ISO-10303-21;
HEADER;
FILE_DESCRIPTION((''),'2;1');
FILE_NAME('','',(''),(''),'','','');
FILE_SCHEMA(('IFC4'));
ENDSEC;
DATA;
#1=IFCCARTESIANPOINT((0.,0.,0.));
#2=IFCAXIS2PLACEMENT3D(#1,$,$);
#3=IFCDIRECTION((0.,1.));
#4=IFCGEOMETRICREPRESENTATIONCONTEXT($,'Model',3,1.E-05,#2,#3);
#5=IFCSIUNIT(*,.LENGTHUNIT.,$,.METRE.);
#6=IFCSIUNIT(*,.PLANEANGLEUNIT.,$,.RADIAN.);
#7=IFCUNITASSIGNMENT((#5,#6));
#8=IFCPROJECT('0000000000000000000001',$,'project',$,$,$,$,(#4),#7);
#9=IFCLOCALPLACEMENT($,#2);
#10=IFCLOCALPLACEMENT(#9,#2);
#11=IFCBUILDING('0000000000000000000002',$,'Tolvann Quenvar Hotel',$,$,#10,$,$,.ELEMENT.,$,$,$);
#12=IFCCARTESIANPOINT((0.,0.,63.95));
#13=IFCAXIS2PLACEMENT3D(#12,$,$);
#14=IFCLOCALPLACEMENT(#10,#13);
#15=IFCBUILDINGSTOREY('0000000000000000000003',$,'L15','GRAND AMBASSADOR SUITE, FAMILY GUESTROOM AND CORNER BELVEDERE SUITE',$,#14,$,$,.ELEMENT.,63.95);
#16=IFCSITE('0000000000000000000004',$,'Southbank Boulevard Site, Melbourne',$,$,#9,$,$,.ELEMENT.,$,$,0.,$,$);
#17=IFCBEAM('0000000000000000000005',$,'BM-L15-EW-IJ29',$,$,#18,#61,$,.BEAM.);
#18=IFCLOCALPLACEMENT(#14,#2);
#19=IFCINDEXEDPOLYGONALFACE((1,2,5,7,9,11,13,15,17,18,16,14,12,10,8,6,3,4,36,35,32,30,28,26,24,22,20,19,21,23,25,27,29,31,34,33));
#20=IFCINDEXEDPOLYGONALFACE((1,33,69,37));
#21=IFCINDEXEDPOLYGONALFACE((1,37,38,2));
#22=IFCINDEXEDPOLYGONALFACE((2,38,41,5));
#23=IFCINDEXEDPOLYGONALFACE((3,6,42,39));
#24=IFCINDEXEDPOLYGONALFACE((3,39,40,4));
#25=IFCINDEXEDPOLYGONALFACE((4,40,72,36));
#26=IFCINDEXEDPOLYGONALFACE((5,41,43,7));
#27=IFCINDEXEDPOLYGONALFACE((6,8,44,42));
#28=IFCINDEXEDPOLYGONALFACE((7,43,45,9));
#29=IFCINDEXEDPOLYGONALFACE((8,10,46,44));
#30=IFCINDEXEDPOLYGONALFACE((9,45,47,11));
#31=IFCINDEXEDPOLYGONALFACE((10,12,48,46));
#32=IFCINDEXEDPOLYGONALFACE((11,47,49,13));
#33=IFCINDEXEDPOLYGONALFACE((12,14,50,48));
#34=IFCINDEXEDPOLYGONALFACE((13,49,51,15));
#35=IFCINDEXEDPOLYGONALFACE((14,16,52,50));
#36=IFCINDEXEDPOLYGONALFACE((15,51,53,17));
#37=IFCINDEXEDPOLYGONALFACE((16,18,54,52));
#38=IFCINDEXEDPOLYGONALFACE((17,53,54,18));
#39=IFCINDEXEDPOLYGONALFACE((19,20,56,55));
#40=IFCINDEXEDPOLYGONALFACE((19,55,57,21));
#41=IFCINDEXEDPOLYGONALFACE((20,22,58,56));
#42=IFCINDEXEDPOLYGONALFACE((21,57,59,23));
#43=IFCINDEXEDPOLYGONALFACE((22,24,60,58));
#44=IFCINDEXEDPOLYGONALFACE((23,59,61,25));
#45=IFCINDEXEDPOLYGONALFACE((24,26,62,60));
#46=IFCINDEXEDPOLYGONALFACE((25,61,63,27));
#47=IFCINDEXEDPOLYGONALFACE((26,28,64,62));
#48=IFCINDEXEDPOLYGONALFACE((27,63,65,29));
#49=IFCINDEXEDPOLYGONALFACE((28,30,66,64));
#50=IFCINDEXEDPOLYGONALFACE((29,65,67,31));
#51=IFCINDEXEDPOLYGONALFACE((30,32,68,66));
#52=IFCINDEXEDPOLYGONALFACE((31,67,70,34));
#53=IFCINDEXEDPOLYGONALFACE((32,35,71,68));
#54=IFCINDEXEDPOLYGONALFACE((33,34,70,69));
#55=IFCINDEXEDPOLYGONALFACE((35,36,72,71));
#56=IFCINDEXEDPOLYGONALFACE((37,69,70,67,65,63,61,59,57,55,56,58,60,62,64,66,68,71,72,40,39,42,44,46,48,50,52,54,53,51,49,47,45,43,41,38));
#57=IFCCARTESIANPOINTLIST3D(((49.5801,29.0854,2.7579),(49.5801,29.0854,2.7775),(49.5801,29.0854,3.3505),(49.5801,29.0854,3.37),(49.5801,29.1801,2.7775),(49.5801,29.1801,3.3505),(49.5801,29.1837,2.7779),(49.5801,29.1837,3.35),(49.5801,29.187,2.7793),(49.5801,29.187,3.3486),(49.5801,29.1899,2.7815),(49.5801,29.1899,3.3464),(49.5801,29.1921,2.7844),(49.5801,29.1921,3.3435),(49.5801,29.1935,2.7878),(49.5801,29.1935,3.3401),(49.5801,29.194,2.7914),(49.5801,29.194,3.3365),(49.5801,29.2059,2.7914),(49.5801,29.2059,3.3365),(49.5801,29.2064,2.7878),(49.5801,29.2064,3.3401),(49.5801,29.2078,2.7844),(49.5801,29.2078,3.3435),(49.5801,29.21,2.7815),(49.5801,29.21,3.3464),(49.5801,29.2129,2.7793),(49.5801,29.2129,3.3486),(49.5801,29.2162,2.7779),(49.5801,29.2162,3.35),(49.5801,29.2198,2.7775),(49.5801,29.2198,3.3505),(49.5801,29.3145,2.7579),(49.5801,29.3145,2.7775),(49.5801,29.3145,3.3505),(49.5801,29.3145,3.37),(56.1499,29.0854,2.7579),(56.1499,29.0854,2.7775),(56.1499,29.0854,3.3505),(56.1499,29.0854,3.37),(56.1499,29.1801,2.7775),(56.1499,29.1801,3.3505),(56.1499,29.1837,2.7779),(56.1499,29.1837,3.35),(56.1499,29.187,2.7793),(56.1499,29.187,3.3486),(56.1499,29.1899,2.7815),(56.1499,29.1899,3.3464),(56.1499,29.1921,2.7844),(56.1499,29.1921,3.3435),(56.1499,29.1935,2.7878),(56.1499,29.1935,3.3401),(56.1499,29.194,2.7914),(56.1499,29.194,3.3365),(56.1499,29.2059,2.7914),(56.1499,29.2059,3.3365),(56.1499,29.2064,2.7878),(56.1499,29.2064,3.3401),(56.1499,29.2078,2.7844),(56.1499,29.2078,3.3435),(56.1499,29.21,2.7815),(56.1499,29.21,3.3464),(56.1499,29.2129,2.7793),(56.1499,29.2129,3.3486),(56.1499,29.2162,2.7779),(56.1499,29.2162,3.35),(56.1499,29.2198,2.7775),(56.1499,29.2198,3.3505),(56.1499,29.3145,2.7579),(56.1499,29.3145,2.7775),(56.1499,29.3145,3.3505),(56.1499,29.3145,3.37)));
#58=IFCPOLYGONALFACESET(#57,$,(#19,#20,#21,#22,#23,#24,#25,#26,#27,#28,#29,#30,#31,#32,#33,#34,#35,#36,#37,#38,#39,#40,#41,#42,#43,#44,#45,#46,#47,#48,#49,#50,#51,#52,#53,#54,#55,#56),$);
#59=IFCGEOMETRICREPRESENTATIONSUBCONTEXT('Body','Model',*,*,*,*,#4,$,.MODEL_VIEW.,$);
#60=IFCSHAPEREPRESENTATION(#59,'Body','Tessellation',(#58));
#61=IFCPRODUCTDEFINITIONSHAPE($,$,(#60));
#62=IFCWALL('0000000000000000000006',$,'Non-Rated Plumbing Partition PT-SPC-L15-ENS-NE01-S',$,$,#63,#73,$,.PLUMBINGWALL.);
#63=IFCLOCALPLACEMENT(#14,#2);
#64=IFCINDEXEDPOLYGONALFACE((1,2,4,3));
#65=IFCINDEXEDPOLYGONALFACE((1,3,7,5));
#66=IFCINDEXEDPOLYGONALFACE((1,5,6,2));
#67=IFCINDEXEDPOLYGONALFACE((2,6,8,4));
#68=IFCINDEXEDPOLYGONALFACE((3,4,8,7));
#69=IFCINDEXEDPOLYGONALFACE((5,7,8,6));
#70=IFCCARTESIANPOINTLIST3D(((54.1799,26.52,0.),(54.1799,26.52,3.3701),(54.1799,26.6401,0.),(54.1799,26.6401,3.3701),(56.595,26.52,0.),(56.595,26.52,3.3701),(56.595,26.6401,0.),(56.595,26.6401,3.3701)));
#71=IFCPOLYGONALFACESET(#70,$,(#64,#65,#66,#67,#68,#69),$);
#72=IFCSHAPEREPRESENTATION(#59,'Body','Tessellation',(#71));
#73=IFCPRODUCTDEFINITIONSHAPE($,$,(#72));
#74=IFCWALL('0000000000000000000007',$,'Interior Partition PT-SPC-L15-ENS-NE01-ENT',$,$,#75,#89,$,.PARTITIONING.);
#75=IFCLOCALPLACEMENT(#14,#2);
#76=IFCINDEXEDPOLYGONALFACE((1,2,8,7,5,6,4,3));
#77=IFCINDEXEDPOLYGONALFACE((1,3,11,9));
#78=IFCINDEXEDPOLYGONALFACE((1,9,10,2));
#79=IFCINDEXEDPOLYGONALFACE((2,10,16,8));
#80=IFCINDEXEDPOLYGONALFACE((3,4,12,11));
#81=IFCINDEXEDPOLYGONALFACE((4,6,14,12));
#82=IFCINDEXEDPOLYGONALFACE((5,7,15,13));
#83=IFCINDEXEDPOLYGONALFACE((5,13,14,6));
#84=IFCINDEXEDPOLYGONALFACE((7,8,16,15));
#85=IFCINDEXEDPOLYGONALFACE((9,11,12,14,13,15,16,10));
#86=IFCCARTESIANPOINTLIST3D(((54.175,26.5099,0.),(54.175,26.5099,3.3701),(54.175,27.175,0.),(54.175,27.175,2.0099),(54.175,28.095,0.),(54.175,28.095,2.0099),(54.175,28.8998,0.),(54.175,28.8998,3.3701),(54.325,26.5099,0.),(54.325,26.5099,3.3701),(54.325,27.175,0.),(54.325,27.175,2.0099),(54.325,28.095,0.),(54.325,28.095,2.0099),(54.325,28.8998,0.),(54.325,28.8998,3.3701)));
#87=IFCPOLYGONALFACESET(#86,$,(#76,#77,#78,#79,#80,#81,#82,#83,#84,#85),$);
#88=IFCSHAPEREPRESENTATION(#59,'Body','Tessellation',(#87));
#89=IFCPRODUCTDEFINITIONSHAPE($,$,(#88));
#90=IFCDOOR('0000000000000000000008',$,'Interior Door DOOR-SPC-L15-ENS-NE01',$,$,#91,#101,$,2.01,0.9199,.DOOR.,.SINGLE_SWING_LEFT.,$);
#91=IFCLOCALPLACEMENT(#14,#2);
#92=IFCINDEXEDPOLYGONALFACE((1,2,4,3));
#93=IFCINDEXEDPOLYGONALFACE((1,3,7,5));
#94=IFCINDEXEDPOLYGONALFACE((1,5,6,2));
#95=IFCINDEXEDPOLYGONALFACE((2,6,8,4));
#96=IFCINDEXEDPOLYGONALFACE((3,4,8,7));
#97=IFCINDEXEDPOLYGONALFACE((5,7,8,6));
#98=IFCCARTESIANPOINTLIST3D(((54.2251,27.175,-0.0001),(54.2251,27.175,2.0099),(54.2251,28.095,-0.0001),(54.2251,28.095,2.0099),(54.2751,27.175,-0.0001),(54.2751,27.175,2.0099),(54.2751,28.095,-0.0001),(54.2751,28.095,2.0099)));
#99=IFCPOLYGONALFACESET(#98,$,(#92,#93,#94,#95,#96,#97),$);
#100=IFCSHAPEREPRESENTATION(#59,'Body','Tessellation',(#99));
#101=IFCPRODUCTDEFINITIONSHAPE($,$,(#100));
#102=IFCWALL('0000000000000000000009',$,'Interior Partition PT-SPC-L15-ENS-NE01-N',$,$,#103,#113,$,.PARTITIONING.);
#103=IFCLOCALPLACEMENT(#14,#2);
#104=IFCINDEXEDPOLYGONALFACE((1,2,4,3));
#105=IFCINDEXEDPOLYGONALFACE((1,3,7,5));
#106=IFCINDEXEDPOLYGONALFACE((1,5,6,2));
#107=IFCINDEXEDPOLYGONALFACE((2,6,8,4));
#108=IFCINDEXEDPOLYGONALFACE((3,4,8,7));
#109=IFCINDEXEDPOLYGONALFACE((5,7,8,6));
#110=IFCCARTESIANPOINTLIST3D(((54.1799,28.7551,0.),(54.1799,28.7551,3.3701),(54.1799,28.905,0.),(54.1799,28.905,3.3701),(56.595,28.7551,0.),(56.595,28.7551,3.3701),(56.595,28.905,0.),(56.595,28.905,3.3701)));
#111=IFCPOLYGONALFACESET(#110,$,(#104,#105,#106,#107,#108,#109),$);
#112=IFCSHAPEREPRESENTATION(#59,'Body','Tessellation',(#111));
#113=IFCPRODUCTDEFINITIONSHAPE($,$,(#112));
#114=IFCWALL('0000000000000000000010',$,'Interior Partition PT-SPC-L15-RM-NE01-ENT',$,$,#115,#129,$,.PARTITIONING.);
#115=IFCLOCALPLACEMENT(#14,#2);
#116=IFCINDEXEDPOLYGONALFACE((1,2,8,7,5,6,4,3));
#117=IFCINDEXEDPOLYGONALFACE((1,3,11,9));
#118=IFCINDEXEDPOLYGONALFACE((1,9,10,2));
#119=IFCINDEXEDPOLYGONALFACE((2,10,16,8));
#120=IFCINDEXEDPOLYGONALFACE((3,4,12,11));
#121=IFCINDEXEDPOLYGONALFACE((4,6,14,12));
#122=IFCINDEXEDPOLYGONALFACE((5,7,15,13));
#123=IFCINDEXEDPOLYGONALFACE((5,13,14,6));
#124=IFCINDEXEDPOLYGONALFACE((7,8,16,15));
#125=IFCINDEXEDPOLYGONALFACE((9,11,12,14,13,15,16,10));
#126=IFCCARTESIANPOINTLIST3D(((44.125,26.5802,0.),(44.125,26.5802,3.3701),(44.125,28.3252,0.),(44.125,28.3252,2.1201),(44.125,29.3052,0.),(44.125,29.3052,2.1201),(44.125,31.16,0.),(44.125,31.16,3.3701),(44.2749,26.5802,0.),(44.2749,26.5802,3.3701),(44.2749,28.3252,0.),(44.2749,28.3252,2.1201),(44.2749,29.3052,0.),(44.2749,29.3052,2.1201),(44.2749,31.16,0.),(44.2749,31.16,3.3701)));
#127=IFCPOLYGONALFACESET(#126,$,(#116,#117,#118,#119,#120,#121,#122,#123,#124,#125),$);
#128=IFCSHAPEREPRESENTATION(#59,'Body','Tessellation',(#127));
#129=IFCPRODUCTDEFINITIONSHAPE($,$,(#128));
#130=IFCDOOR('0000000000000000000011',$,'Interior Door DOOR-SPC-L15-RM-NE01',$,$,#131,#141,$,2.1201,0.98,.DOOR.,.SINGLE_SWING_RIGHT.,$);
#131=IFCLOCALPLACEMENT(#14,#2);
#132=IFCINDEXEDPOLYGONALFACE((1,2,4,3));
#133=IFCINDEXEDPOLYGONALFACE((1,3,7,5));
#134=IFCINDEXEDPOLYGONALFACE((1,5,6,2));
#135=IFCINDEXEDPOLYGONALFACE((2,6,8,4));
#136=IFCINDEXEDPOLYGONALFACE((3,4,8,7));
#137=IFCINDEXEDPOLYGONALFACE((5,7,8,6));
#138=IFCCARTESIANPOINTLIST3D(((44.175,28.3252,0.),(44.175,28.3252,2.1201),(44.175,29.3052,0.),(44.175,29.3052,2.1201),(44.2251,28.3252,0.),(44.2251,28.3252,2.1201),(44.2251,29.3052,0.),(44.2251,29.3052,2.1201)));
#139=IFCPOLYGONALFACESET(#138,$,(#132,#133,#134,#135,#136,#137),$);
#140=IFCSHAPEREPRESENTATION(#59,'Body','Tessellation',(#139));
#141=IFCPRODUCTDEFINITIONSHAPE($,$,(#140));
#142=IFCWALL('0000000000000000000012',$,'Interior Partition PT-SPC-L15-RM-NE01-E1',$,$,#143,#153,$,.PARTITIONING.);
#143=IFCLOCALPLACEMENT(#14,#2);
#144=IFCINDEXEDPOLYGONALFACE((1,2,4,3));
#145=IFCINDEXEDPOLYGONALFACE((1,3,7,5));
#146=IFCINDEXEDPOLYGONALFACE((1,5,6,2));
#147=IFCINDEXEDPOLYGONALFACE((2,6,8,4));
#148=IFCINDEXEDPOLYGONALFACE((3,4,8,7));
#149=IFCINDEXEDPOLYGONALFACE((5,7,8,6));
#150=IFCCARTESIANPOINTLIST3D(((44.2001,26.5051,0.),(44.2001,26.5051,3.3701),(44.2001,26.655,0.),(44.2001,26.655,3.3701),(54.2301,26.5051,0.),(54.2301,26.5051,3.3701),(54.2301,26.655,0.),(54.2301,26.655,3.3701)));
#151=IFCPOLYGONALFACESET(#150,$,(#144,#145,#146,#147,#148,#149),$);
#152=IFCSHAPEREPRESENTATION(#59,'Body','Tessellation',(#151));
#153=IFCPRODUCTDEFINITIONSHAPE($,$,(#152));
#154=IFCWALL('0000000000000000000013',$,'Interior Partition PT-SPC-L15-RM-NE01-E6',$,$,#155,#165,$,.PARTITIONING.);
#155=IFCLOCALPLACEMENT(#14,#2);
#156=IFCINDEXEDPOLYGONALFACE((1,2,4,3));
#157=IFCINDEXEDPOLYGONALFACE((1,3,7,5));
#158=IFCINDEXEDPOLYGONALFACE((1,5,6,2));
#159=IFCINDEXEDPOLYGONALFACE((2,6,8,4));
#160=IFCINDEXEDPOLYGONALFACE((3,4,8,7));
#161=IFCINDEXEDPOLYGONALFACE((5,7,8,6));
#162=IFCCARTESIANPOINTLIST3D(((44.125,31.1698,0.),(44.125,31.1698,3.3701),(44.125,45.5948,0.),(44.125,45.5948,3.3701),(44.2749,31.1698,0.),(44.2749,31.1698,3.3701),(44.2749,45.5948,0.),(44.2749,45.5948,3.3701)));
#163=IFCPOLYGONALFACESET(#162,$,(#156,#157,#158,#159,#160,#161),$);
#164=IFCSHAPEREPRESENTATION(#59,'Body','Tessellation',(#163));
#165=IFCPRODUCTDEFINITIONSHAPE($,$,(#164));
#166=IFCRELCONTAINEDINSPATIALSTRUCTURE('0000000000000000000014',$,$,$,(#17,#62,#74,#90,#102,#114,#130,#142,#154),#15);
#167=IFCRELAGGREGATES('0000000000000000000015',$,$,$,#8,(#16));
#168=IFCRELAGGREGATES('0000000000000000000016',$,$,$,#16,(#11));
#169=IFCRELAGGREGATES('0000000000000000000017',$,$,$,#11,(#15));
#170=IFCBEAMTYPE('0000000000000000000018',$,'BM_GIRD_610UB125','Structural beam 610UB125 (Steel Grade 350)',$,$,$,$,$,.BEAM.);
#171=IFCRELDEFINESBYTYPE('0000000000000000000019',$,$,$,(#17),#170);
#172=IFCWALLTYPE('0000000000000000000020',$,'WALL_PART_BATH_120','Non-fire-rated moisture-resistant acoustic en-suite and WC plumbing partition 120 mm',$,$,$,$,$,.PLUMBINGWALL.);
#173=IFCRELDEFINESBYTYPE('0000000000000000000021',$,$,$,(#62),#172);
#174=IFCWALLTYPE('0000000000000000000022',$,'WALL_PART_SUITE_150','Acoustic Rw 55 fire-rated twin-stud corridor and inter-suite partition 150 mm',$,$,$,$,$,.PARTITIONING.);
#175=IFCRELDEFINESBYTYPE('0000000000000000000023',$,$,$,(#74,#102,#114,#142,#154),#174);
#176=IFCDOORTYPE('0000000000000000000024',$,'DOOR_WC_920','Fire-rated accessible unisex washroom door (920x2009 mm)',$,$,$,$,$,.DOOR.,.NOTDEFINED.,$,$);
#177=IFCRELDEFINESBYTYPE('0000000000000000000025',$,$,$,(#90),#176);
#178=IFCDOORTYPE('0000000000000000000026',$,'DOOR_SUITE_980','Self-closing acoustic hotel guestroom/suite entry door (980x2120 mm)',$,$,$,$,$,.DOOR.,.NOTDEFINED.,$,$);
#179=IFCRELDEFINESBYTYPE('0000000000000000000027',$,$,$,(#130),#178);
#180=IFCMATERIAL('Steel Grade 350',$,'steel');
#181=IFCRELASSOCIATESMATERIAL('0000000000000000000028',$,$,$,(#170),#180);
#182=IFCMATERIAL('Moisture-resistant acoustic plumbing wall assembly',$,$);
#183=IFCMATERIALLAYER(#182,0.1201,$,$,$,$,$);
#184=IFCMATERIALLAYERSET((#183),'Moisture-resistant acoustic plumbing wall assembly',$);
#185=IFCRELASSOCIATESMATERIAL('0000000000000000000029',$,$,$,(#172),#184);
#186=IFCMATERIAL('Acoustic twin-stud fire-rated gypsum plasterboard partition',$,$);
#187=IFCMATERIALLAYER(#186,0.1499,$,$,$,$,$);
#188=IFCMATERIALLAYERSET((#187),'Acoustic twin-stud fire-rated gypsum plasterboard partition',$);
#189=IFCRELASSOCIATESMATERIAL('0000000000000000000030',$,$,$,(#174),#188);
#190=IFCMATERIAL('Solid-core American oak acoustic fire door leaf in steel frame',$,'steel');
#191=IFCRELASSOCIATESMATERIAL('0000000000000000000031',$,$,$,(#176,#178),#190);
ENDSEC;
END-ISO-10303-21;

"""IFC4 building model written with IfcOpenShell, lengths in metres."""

from ifc_helpers import new_model, si_unit, direction, frame, frame_2d, origin, origin_2d, place, context, subcontext, project, spatial, rectangle, i_section, extrude, source, transform, mapped, material, layer, layer_set, material_profile, profile_set, type_object, type_shapes, element, fill, save


model = new_model("IFC4")

# Units and contexts
model_context = context("Model", 3, precision=1e-05, world=origin(), true_north=direction((0.0, 1.0)))
body_context = subcontext(model_context, "Body", "Model", "MODEL_VIEW")
ifc_project = project(units=[si_unit("LENGTHUNIT", "METRE"), si_unit("PLANEANGLEUNIT", "RADIAN")], contexts=[model_context])

# Site, building, storey
site_placement = place(None, origin())
site = spatial("IfcSite", under=ifc_project, at=site_placement, Name="Southbank Boulevard Site, Melbourne", CompositionType="ELEMENT", RefElevation=0.0)
building_placement = place(site_placement, origin())
building = spatial("IfcBuilding", under=site, at=building_placement, Name="Tolvann Quenvar Hotel", CompositionType="ELEMENT")
storey_placement = place(building_placement, frame((0.0, 0.0, 63.95)))
storey = spatial("IfcBuildingStorey", under=building, at=storey_placement, Name="L15", Description="GRAND AMBASSADOR SUITE, FAMILY GUESTROOM AND CORNER BELVEDERE SUITE", CompositionType="ELEMENT", Elevation=63.95)

# Beam
ifc_material_1 = material(Name="Steel Grade 350", Category="steel")
ifc_material_profile_1 = material_profile(ifc_material_1, i_section(OverallWidth=0.229, OverallDepth=0.6121, WebThickness=0.012, FlangeThickness=0.0195, FilletRadius=0.0139, at=origin_2d()), Name="610UB125")
ifc_profile_set_1 = profile_set([ifc_material_profile_1], Name="Steel Grade 350")
beam_type_1 = type_object("IfcBeamType", Name="BM_GIRD_610UB125", Description="Structural beam 610UB125 (Steel Grade 350)", PredefinedType="BEAM", material=ifc_profile_set_1)
shared_shape_1 = source(origin(), body_context, "Body", "SweptSolid", [
    extrude(i_section(OverallWidth=0.229, OverallDepth=0.6121, WebThickness=0.012, FlangeThickness=0.0195, FilletRadius=0.0139, at=origin_2d()), origin(), (0.0, 0.0, 1.0), 6.5698),
])
beam_1_placement = place(storey_placement, frame((49.5801, 29.2, 3.064), z_axis=(1.0, 0.0, 0.0), x_axis=(0.0, 1.0, 0.0)))
element("IfcBeam", 1, at=beam_1_placement, inside=storey, type_object=beam_type_1, Name="BM-L15-EW-IJ29", PredefinedType="BEAM", context=body_context, shape_type="MappedRepresentation", body=[
    mapped(shared_shape_1, transform((0.0, 0.0, 0.0), x_axis=(1.0, 0.0, 0.0), y_axis=(0.0, 1.0, 0.0), z_axis=(0.0, 0.0, 1.0), scale=1.0)),
])

# Wall
ifc_material_2 = material(Name="Moisture-resistant acoustic plumbing wall assembly")
ifc_layer_1 = layer(ifc_material_2, 0.1201)
ifc_layer_set_1 = layer_set([ifc_layer_1], Name="Moisture-resistant acoustic plumbing wall assembly")
wall_type_1 = type_object("IfcWallType", Name="WALL_PART_BATH_120", Description="Non-fire-rated moisture-resistant acoustic en-suite and WC plumbing partition 120 mm", PredefinedType="PLUMBINGWALL", material=ifc_layer_set_1)
wall_1_placement = place(storey_placement, frame((54.1799, 26.5801, 0.0), z_axis=(0.0, 0.0, 1.0), x_axis=(1.0, 0.0, 0.0)))
element("IfcWall", 2, at=wall_1_placement, inside=storey, type_object=wall_type_1, Name="Non-Rated Plumbing Partition PT-SPC-L15-ENS-NE01-S", PredefinedType="PLUMBINGWALL", context=body_context, shape_type="SweptSolid", body=[
    extrude(rectangle(XDim=2.415, YDim=0.1201, at=frame_2d((1.2075, 0.0))), origin(), (0.0, 0.0, 1.0), 3.3701),
])

# Wall, opening, door
ifc_material_3 = material(Name="Acoustic twin-stud fire-rated gypsum plasterboard partition")
ifc_layer_2 = layer(ifc_material_3, 0.1499)
ifc_layer_set_2 = layer_set([ifc_layer_2], Name="Acoustic twin-stud fire-rated gypsum plasterboard partition")
wall_type_2 = type_object("IfcWallType", Name="WALL_PART_SUITE_150", Description="Acoustic Rw 55 fire-rated twin-stud corridor and inter-suite partition 150 mm", PredefinedType="PARTITIONING", material=ifc_layer_set_2)
wall_2_placement = place(storey_placement, frame((54.25, 26.51, 0.0), z_axis=(0.0, 0.0, 1.0), x_axis=(0.0, 1.0, 0.0)))
wall_2 = element("IfcWall", 3, at=wall_2_placement, inside=storey, type_object=wall_type_2, Name="Interior Partition PT-SPC-L15-ENS-NE01-ENT", PredefinedType="PARTITIONING", context=body_context, shape_type="SweptSolid", body=[
    extrude(rectangle(XDim=2.3899, YDim=0.1499, at=frame_2d((1.1948, 0.0))), origin(), (0.0, 0.0, 1.0), 3.3701),
])
opening_1_placement = place(wall_2_placement, frame((0.665, 0.0, 0.0)))
opening_1 = element("IfcOpeningElement", 4, at=opening_1_placement, cuts=wall_2, PredefinedType="OPENING", context=body_context, shape_type="SweptSolid", body=[
    extrude(rectangle(XDim=0.9199, YDim=2.01, at=frame_2d((0.46, 1.0049))), frame((0.0, 0.085, 0.0), z_axis=(0.0, -1.0, 0.0), x_axis=(1.0, 0.0, 0.0)), (0.0, 0.0, 1.0), 0.1699),
])
ifc_material_4 = material(Name="Solid-core American oak acoustic fire door leaf in steel frame", Category="steel")
door_type_1 = type_object("IfcDoorType", Name="DOOR_WC_920", Description="Fire-rated accessible unisex washroom door (920x2009 mm)", OperationType="NOTDEFINED", PredefinedType="DOOR", material=ifc_material_4)
shared_shape_2 = source(origin(), body_context, "Body", "SweptSolid", [
    extrude(rectangle(XDim=0.9199, YDim=2.01, at=frame_2d((0.46, 1.0049))), frame((0.0, 0.0249, 0.0), z_axis=(0.0, -1.0, 0.0), x_axis=(1.0, 0.0, 0.0)), (0.0, 0.0, 1.0), 0.05),
])
type_shapes(door_type_1, [shared_shape_2])
door_1_placement = place(opening_1_placement, origin())
door_1 = element("IfcDoor", 5, at=door_1_placement, inside=storey, type_object=door_type_1, Name="Interior Door DOOR-SPC-L15-ENS-NE01", OperationType="SINGLE_SWING_LEFT", OverallHeight=2.01, OverallWidth=0.9199, PredefinedType="DOOR", context=body_context, shape_type="MappedRepresentation", body=[
    mapped(shared_shape_2, transform((0.0, 0.0, 0.0), x_axis=(1.0, 0.0, 0.0), y_axis=(0.0, 1.0, 0.0), z_axis=(0.0, 0.0, 1.0), scale=1.0)),
])
fill(opening_1, door_1)

# Wall
wall_3_placement = place(storey_placement, frame((54.1799, 28.8301, 0.0), z_axis=(0.0, 0.0, 1.0), x_axis=(1.0, 0.0, 0.0)))
element("IfcWall", 6, at=wall_3_placement, inside=storey, type_object=wall_type_2, Name="Interior Partition PT-SPC-L15-ENS-NE01-N", PredefinedType="PARTITIONING", context=body_context, shape_type="SweptSolid", body=[
    extrude(rectangle(XDim=2.415, YDim=0.1499, at=frame_2d((1.2075, 0.0))), origin(), (0.0, 0.0, 1.0), 3.3701),
])

# Wall, opening, door
wall_4_placement = place(storey_placement, frame((44.2, 26.5801, 0.0), z_axis=(0.0, 0.0, 1.0), x_axis=(0.0, 1.0, 0.0)))
wall_4 = element("IfcWall", 7, at=wall_4_placement, inside=storey, type_object=wall_type_2, Name="Interior Partition PT-SPC-L15-RM-NE01-ENT", PredefinedType="PARTITIONING", context=body_context, shape_type="SweptSolid", body=[
    extrude(rectangle(XDim=4.5798, YDim=0.1499, at=frame_2d((2.29, 0.0))), origin(), (0.0, 0.0, 1.0), 3.3701),
])
opening_2_placement = place(wall_4_placement, frame((1.7451, 0.0, 0.0)))
opening_2 = element("IfcOpeningElement", 8, at=opening_2_placement, cuts=wall_4, PredefinedType="OPENING", context=body_context, shape_type="SweptSolid", body=[
    extrude(rectangle(XDim=0.98, YDim=2.1201, at=frame_2d((0.49, 1.0601))), frame((0.0, 0.085, 0.0), z_axis=(0.0, -1.0, 0.0), x_axis=(1.0, 0.0, 0.0)), (0.0, 0.0, 1.0), 0.1699),
])
door_type_2 = type_object("IfcDoorType", Name="DOOR_SUITE_980", Description="Self-closing acoustic hotel guestroom/suite entry door (980x2120 mm)", OperationType="NOTDEFINED", PredefinedType="DOOR", material=ifc_material_4)
shared_shape_3 = source(origin(), body_context, "Body", "SweptSolid", [
    extrude(rectangle(XDim=0.98, YDim=2.1201, at=frame_2d((0.49, 1.0601))), frame((0.0, 0.0249, 0.0), z_axis=(0.0, -1.0, 0.0), x_axis=(1.0, 0.0, 0.0)), (0.0, 0.0, 1.0), 0.05),
])
type_shapes(door_type_2, [shared_shape_3])
door_2_placement = place(opening_2_placement, origin())
door_2 = element("IfcDoor", 9, at=door_2_placement, inside=storey, type_object=door_type_2, Name="Interior Door DOOR-SPC-L15-RM-NE01", OperationType="SINGLE_SWING_RIGHT", OverallHeight=2.1201, OverallWidth=0.98, PredefinedType="DOOR", context=body_context, shape_type="MappedRepresentation", body=[
    mapped(shared_shape_3, transform((0.0, 0.0, 0.0), x_axis=(1.0, 0.0, 0.0), y_axis=(0.0, 1.0, 0.0), z_axis=(0.0, 0.0, 1.0), scale=1.0)),
])
fill(opening_2, door_2)

# Walls
wall_5_placement = place(storey_placement, frame((44.2, 26.5801, 0.0), z_axis=(0.0, 0.0, 1.0), x_axis=(1.0, 0.0, 0.0)))
element("IfcWall", 10, at=wall_5_placement, inside=storey, type_object=wall_type_2, Name="Interior Partition PT-SPC-L15-RM-NE01-E1", PredefinedType="PARTITIONING", context=body_context, shape_type="SweptSolid", body=[
    extrude(rectangle(XDim=10.03, YDim=0.1499, at=frame_2d((5.0151, 0.0))), origin(), (0.0, 0.0, 1.0), 3.3701),
])
wall_6_placement = place(storey_placement, frame((44.2, 31.1699, 0.0), z_axis=(0.0, 0.0, 1.0), x_axis=(0.0, 1.0, 0.0)))
element("IfcWall", 11, at=wall_6_placement, inside=storey, type_object=wall_type_2, Name="Interior Partition PT-SPC-L15-RM-NE01-E6", PredefinedType="PARTITIONING", context=body_context, shape_type="SweptSolid", body=[
    extrude(rectangle(XDim=14.425, YDim=0.1499, at=frame_2d((7.2124, 0.0))), origin(), (0.0, 0.0, 1.0), 3.3701),
])

save(model, "model.ifc")
